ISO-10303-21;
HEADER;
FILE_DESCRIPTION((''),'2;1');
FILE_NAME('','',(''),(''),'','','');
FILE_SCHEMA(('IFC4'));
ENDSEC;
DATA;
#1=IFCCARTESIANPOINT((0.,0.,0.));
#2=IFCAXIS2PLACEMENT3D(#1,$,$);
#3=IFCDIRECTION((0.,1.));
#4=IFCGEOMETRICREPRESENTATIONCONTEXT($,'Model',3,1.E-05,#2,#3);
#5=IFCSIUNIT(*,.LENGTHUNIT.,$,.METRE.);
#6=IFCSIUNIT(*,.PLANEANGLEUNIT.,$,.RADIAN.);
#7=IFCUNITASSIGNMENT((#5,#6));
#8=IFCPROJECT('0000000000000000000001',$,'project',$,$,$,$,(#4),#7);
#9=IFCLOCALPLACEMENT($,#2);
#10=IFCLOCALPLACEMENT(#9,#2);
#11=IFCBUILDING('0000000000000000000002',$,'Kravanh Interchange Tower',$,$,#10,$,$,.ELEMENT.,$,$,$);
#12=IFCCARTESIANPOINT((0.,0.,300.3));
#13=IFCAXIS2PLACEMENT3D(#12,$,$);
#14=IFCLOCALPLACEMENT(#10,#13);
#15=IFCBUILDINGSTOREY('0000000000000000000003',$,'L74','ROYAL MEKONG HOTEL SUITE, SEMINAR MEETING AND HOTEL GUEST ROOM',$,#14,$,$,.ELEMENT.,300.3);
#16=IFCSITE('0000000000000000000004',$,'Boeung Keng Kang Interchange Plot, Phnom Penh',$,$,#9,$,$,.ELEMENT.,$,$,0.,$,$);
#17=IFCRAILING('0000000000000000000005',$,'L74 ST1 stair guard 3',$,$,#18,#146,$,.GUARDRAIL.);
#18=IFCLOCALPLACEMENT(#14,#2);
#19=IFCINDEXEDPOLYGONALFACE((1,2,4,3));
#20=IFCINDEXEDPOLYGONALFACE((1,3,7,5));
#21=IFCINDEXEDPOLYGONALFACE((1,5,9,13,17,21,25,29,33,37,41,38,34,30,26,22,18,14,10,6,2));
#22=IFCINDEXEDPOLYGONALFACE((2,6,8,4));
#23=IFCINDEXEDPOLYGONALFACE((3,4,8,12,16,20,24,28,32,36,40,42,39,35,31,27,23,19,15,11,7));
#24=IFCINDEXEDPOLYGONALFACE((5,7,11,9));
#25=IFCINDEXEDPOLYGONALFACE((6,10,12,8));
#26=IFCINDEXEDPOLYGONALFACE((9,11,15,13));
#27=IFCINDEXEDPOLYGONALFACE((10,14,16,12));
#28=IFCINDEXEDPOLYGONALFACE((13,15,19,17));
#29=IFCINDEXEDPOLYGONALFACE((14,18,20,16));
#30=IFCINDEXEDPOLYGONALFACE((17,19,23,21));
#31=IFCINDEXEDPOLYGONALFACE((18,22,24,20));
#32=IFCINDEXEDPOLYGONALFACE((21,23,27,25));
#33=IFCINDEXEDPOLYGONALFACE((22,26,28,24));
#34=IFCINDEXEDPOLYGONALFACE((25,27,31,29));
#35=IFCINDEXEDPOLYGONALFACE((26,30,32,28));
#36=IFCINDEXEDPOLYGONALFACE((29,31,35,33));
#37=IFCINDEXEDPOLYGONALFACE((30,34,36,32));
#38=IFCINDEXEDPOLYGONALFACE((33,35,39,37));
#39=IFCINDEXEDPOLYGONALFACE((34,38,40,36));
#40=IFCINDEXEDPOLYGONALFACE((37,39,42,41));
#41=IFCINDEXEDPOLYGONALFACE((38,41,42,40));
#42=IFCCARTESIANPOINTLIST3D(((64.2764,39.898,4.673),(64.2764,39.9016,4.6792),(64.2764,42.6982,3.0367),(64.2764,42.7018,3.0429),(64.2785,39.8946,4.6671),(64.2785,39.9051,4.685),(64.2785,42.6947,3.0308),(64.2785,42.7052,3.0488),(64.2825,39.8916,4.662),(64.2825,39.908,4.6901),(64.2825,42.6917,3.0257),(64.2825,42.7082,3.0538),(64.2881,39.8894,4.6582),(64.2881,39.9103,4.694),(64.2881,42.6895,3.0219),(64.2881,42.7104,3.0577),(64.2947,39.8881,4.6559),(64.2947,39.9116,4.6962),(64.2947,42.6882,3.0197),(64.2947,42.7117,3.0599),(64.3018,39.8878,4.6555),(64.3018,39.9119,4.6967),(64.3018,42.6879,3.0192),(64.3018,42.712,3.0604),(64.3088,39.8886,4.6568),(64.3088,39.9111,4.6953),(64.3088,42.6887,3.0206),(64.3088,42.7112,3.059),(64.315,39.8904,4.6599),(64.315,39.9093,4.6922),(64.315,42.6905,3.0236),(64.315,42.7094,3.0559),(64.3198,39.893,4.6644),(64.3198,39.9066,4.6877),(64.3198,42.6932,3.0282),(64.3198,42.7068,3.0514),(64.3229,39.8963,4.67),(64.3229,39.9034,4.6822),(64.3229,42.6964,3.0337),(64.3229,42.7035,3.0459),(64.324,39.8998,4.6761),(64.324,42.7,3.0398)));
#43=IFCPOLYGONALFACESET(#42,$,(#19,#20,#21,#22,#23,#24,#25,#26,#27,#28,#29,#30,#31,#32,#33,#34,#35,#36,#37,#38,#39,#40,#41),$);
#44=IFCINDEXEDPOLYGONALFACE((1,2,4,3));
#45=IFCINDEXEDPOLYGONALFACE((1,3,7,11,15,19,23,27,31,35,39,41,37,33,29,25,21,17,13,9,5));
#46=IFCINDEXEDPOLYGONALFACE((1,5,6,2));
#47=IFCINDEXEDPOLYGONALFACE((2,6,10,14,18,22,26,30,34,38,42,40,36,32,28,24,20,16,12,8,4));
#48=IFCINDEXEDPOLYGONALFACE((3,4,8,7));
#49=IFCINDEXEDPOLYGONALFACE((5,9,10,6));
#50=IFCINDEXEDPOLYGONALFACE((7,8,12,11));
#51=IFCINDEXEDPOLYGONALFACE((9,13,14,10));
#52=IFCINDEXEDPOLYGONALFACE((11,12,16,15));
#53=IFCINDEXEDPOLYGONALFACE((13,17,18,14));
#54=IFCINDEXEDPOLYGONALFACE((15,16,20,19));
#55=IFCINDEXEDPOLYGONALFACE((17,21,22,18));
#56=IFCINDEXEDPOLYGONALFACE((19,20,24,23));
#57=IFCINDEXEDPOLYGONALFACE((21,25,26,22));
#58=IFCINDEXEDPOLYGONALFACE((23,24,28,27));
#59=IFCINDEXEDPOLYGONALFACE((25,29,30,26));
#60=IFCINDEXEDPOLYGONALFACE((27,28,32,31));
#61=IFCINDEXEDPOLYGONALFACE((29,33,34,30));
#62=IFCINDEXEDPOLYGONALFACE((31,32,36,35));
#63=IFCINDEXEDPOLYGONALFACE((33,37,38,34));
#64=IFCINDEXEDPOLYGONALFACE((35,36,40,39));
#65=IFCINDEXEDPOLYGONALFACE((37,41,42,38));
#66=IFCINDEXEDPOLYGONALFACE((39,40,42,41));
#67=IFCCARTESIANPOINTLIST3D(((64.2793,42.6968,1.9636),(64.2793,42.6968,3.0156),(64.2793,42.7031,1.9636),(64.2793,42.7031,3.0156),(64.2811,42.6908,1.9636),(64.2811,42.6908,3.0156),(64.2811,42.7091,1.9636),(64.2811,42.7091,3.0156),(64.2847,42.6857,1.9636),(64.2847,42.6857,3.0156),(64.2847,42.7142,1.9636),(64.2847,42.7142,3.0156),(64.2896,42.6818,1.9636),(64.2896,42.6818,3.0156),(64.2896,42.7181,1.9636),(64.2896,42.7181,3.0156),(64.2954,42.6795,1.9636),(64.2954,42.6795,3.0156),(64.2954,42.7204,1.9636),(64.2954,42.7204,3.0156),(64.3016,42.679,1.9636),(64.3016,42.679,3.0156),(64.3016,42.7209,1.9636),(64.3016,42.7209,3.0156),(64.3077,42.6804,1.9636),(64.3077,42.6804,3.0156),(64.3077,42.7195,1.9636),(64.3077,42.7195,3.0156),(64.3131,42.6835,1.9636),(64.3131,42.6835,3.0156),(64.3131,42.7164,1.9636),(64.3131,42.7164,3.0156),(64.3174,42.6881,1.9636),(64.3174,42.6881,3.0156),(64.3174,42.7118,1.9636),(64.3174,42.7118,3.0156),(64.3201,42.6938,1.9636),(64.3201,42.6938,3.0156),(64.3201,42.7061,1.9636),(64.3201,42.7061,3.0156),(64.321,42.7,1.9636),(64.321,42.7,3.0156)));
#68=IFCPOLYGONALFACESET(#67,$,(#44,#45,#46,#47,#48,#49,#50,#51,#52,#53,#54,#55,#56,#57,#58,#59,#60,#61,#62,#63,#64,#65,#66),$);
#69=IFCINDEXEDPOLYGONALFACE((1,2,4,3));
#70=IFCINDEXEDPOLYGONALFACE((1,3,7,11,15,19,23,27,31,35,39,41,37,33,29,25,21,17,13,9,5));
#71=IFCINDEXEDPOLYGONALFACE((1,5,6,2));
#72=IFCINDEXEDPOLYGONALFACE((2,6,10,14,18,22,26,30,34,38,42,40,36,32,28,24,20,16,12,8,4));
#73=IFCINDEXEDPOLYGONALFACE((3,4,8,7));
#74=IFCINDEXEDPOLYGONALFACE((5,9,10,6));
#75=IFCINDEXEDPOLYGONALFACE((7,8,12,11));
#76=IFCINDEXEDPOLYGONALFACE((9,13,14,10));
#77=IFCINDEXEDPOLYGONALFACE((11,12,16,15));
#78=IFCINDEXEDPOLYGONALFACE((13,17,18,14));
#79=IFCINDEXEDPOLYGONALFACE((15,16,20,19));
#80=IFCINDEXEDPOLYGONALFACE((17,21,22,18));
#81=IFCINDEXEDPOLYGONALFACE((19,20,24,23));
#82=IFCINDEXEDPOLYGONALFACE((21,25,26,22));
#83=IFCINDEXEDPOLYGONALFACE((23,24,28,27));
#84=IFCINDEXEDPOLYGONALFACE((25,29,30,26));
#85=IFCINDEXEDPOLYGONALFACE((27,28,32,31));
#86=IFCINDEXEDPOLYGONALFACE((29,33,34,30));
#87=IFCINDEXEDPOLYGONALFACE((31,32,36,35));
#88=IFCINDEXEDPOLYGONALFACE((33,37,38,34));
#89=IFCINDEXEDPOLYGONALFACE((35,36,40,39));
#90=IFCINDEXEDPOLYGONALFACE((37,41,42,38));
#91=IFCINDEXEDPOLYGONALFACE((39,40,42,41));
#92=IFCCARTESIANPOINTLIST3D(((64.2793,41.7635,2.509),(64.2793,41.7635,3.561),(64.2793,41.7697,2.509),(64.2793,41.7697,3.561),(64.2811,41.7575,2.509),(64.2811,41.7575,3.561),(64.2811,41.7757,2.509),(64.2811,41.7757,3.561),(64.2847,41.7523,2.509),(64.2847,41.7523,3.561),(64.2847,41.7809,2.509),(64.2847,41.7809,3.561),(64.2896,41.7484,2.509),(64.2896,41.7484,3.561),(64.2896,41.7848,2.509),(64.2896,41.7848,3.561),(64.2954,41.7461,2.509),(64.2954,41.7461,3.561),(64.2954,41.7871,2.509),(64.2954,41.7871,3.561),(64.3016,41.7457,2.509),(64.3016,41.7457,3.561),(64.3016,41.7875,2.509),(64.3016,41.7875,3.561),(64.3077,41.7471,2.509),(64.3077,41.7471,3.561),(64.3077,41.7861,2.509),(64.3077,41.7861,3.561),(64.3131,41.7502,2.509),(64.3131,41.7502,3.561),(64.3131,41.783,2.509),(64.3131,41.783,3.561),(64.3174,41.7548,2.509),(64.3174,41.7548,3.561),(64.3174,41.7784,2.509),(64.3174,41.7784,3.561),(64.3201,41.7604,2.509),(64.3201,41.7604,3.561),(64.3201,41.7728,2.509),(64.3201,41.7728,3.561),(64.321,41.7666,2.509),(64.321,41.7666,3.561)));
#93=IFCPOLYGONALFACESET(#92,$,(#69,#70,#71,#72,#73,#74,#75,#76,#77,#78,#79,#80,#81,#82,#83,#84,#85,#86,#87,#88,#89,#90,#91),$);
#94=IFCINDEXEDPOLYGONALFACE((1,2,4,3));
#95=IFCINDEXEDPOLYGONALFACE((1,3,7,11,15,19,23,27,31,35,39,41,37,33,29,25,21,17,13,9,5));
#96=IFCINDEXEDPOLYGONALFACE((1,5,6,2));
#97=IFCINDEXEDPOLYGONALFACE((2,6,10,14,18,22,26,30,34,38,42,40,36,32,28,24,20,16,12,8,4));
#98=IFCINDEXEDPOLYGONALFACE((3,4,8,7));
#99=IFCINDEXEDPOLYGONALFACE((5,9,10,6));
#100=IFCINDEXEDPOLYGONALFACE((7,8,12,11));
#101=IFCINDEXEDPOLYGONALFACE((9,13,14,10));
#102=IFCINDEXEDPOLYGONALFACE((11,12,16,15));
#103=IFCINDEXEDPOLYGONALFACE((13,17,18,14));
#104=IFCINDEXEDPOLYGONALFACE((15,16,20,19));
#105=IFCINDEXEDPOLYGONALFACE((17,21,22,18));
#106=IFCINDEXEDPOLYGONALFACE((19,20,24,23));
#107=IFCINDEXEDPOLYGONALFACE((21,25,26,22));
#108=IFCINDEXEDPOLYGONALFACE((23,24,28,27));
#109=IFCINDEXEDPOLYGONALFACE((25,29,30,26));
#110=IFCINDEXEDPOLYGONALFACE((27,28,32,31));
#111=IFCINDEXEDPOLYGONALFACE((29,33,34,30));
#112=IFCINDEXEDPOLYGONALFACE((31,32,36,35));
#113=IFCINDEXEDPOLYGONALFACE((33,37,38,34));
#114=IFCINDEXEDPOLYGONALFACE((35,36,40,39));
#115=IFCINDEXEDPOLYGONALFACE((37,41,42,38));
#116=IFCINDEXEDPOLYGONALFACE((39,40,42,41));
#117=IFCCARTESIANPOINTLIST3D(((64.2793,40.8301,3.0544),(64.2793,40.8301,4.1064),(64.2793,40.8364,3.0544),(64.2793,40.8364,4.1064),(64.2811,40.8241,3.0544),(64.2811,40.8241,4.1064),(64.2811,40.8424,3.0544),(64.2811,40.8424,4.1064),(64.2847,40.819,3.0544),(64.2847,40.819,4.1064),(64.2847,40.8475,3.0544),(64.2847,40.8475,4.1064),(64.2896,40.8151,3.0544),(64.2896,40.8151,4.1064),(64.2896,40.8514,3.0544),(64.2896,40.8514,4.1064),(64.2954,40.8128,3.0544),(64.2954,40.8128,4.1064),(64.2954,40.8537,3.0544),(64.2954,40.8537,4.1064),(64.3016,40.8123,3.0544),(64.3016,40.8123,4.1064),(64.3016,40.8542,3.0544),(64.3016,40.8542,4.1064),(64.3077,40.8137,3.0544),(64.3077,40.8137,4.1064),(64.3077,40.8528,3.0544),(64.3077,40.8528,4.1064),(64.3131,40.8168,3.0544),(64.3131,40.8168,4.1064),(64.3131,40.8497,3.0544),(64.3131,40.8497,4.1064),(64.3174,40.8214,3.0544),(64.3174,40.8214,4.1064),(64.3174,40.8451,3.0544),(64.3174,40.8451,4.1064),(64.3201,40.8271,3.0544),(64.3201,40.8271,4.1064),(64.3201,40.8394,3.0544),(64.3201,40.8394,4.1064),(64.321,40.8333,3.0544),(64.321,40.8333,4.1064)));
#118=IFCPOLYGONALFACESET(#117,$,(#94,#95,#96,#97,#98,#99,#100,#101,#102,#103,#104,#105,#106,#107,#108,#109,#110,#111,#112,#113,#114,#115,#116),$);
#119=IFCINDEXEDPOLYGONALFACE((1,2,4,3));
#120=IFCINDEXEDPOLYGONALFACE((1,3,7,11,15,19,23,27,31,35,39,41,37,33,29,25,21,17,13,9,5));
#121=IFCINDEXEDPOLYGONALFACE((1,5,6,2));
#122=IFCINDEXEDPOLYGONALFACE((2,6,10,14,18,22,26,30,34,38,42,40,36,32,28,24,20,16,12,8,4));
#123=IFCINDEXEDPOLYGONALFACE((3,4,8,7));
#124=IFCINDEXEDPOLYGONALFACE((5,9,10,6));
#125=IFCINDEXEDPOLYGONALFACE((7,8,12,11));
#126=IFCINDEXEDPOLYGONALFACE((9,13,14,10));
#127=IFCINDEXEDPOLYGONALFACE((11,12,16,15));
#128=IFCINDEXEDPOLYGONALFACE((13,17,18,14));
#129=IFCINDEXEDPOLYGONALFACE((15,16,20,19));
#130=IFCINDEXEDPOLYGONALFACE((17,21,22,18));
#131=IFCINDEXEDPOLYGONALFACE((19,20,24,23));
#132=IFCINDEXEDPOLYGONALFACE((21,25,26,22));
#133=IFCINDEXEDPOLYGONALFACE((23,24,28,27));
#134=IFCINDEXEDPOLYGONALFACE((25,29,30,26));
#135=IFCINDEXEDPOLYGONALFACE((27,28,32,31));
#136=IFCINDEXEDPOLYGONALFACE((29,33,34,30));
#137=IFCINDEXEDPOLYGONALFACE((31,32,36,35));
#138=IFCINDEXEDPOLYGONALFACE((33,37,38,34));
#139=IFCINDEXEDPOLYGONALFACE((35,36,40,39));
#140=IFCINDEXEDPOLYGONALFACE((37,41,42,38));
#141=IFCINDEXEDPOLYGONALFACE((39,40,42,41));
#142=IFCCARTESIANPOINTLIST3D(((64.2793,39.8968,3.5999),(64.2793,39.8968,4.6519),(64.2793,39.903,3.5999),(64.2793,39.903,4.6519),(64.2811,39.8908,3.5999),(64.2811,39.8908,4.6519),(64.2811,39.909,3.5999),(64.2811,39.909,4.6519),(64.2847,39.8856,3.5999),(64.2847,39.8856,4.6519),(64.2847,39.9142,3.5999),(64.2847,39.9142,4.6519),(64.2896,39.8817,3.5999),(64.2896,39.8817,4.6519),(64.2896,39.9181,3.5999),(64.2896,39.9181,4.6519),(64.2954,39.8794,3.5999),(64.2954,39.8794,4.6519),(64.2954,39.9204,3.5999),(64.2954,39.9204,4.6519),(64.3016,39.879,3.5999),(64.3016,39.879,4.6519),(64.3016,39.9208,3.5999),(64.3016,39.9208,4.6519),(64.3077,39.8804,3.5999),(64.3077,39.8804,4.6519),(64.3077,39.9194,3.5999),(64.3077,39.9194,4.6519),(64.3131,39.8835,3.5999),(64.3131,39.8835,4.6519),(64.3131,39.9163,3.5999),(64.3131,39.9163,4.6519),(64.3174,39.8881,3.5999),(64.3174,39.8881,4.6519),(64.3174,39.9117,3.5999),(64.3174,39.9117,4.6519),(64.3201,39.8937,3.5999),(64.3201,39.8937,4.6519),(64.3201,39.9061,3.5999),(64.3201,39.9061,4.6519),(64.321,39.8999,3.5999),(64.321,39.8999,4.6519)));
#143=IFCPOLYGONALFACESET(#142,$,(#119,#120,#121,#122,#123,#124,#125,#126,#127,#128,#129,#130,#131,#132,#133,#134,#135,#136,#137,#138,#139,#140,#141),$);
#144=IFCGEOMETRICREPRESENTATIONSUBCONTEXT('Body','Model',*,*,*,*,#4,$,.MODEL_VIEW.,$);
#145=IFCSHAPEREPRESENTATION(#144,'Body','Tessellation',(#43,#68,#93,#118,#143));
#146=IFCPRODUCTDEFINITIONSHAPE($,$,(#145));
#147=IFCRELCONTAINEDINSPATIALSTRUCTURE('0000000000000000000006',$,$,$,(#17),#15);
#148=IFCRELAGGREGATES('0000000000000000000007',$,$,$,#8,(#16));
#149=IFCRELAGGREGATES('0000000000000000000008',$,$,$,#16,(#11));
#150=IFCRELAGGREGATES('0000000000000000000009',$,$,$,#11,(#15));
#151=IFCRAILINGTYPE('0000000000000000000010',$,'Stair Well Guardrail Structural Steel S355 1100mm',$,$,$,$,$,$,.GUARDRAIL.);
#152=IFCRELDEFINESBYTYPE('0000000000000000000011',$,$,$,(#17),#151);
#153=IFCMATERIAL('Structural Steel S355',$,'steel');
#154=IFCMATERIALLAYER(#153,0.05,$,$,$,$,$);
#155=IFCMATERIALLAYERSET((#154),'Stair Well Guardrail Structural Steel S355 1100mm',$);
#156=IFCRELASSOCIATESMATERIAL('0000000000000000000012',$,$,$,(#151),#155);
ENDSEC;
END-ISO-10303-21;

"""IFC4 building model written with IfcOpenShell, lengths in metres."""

from ifc_helpers import new_model, si_unit, direction, frame, origin, origin_2d, place, context, subcontext, project, spatial, circle, extrude, material, layer, layer_set, type_object, element, save


model = new_model("IFC4")

# Units and contexts
model_context = context("Model", 3, precision=1e-05, world=origin(), true_north=direction((0.0, 1.0)))
body_context = subcontext(model_context, "Body", "Model", "MODEL_VIEW")
ifc_project = project(units=[si_unit("LENGTHUNIT", "METRE"), si_unit("PLANEANGLEUNIT", "RADIAN")], contexts=[model_context])

# Site, building, storey
site_placement = place(None, origin())
site = spatial("IfcSite", under=ifc_project, at=site_placement, Name="Boeung Keng Kang Interchange Plot, Phnom Penh", CompositionType="ELEMENT", RefElevation=0.0)
building_placement = place(site_placement, origin())
building = spatial("IfcBuilding", under=site, at=building_placement, Name="Kravanh Interchange Tower", CompositionType="ELEMENT")
storey_placement = place(building_placement, frame((0.0, 0.0, 300.3)))
storey = spatial("IfcBuildingStorey", under=building, at=storey_placement, Name="L74", Description="ROYAL MEKONG HOTEL SUITE, SEMINAR MEETING AND HOTEL GUEST ROOM", CompositionType="ELEMENT", Elevation=300.3)

# Railing
ifc_material_1 = material(Name="Structural Steel S355", Category="steel")
ifc_layer_1 = layer(ifc_material_1, 0.05)
ifc_layer_set_1 = layer_set([ifc_layer_1], Name="Stair Well Guardrail Structural Steel S355 1100mm")
railing_type_1 = type_object("IfcRailingType", Name="Stair Well Guardrail Structural Steel S355 1100mm", PredefinedType="GUARDRAIL", material=ifc_layer_set_1)
railing_1_placement = place(storey_placement, frame((64.3, 42.7, 1.9636)))
element("IfcRailing", 1, at=railing_1_placement, inside=storey, type_object=railing_type_1, Name="L74 ST1 stair guard 3", PredefinedType="GUARDRAIL", context=body_context, shape_type="SweptSolid", body=[
    extrude(circle(Radius=0.0239, at=origin_2d()), frame((0.0, 0.0, 1.0762), z_axis=(0.0, -0.863394, 0.504531), x_axis=(1.0, 0.0, 0.0)), (0.0, 0.0, 1.0), 3.2432),
    extrude(circle(Radius=0.021, at=origin_2d()), origin(), (0.0, 0.0, 1.0), 1.052),
    extrude(circle(Radius=0.021, at=origin_2d()), frame((0.0, -0.9333, 0.5454)), (0.0, 0.0, 1.0), 1.052),
    extrude(circle(Radius=0.021, at=origin_2d()), frame((0.0, -1.8667, 1.0908)), (0.0, 0.0, 1.0), 1.052),
    extrude(circle(Radius=0.021, at=origin_2d()), frame((0.0, -2.8, 1.6362)), (0.0, 0.0, 1.0), 1.052),
])

save(model, "model.ifc")
